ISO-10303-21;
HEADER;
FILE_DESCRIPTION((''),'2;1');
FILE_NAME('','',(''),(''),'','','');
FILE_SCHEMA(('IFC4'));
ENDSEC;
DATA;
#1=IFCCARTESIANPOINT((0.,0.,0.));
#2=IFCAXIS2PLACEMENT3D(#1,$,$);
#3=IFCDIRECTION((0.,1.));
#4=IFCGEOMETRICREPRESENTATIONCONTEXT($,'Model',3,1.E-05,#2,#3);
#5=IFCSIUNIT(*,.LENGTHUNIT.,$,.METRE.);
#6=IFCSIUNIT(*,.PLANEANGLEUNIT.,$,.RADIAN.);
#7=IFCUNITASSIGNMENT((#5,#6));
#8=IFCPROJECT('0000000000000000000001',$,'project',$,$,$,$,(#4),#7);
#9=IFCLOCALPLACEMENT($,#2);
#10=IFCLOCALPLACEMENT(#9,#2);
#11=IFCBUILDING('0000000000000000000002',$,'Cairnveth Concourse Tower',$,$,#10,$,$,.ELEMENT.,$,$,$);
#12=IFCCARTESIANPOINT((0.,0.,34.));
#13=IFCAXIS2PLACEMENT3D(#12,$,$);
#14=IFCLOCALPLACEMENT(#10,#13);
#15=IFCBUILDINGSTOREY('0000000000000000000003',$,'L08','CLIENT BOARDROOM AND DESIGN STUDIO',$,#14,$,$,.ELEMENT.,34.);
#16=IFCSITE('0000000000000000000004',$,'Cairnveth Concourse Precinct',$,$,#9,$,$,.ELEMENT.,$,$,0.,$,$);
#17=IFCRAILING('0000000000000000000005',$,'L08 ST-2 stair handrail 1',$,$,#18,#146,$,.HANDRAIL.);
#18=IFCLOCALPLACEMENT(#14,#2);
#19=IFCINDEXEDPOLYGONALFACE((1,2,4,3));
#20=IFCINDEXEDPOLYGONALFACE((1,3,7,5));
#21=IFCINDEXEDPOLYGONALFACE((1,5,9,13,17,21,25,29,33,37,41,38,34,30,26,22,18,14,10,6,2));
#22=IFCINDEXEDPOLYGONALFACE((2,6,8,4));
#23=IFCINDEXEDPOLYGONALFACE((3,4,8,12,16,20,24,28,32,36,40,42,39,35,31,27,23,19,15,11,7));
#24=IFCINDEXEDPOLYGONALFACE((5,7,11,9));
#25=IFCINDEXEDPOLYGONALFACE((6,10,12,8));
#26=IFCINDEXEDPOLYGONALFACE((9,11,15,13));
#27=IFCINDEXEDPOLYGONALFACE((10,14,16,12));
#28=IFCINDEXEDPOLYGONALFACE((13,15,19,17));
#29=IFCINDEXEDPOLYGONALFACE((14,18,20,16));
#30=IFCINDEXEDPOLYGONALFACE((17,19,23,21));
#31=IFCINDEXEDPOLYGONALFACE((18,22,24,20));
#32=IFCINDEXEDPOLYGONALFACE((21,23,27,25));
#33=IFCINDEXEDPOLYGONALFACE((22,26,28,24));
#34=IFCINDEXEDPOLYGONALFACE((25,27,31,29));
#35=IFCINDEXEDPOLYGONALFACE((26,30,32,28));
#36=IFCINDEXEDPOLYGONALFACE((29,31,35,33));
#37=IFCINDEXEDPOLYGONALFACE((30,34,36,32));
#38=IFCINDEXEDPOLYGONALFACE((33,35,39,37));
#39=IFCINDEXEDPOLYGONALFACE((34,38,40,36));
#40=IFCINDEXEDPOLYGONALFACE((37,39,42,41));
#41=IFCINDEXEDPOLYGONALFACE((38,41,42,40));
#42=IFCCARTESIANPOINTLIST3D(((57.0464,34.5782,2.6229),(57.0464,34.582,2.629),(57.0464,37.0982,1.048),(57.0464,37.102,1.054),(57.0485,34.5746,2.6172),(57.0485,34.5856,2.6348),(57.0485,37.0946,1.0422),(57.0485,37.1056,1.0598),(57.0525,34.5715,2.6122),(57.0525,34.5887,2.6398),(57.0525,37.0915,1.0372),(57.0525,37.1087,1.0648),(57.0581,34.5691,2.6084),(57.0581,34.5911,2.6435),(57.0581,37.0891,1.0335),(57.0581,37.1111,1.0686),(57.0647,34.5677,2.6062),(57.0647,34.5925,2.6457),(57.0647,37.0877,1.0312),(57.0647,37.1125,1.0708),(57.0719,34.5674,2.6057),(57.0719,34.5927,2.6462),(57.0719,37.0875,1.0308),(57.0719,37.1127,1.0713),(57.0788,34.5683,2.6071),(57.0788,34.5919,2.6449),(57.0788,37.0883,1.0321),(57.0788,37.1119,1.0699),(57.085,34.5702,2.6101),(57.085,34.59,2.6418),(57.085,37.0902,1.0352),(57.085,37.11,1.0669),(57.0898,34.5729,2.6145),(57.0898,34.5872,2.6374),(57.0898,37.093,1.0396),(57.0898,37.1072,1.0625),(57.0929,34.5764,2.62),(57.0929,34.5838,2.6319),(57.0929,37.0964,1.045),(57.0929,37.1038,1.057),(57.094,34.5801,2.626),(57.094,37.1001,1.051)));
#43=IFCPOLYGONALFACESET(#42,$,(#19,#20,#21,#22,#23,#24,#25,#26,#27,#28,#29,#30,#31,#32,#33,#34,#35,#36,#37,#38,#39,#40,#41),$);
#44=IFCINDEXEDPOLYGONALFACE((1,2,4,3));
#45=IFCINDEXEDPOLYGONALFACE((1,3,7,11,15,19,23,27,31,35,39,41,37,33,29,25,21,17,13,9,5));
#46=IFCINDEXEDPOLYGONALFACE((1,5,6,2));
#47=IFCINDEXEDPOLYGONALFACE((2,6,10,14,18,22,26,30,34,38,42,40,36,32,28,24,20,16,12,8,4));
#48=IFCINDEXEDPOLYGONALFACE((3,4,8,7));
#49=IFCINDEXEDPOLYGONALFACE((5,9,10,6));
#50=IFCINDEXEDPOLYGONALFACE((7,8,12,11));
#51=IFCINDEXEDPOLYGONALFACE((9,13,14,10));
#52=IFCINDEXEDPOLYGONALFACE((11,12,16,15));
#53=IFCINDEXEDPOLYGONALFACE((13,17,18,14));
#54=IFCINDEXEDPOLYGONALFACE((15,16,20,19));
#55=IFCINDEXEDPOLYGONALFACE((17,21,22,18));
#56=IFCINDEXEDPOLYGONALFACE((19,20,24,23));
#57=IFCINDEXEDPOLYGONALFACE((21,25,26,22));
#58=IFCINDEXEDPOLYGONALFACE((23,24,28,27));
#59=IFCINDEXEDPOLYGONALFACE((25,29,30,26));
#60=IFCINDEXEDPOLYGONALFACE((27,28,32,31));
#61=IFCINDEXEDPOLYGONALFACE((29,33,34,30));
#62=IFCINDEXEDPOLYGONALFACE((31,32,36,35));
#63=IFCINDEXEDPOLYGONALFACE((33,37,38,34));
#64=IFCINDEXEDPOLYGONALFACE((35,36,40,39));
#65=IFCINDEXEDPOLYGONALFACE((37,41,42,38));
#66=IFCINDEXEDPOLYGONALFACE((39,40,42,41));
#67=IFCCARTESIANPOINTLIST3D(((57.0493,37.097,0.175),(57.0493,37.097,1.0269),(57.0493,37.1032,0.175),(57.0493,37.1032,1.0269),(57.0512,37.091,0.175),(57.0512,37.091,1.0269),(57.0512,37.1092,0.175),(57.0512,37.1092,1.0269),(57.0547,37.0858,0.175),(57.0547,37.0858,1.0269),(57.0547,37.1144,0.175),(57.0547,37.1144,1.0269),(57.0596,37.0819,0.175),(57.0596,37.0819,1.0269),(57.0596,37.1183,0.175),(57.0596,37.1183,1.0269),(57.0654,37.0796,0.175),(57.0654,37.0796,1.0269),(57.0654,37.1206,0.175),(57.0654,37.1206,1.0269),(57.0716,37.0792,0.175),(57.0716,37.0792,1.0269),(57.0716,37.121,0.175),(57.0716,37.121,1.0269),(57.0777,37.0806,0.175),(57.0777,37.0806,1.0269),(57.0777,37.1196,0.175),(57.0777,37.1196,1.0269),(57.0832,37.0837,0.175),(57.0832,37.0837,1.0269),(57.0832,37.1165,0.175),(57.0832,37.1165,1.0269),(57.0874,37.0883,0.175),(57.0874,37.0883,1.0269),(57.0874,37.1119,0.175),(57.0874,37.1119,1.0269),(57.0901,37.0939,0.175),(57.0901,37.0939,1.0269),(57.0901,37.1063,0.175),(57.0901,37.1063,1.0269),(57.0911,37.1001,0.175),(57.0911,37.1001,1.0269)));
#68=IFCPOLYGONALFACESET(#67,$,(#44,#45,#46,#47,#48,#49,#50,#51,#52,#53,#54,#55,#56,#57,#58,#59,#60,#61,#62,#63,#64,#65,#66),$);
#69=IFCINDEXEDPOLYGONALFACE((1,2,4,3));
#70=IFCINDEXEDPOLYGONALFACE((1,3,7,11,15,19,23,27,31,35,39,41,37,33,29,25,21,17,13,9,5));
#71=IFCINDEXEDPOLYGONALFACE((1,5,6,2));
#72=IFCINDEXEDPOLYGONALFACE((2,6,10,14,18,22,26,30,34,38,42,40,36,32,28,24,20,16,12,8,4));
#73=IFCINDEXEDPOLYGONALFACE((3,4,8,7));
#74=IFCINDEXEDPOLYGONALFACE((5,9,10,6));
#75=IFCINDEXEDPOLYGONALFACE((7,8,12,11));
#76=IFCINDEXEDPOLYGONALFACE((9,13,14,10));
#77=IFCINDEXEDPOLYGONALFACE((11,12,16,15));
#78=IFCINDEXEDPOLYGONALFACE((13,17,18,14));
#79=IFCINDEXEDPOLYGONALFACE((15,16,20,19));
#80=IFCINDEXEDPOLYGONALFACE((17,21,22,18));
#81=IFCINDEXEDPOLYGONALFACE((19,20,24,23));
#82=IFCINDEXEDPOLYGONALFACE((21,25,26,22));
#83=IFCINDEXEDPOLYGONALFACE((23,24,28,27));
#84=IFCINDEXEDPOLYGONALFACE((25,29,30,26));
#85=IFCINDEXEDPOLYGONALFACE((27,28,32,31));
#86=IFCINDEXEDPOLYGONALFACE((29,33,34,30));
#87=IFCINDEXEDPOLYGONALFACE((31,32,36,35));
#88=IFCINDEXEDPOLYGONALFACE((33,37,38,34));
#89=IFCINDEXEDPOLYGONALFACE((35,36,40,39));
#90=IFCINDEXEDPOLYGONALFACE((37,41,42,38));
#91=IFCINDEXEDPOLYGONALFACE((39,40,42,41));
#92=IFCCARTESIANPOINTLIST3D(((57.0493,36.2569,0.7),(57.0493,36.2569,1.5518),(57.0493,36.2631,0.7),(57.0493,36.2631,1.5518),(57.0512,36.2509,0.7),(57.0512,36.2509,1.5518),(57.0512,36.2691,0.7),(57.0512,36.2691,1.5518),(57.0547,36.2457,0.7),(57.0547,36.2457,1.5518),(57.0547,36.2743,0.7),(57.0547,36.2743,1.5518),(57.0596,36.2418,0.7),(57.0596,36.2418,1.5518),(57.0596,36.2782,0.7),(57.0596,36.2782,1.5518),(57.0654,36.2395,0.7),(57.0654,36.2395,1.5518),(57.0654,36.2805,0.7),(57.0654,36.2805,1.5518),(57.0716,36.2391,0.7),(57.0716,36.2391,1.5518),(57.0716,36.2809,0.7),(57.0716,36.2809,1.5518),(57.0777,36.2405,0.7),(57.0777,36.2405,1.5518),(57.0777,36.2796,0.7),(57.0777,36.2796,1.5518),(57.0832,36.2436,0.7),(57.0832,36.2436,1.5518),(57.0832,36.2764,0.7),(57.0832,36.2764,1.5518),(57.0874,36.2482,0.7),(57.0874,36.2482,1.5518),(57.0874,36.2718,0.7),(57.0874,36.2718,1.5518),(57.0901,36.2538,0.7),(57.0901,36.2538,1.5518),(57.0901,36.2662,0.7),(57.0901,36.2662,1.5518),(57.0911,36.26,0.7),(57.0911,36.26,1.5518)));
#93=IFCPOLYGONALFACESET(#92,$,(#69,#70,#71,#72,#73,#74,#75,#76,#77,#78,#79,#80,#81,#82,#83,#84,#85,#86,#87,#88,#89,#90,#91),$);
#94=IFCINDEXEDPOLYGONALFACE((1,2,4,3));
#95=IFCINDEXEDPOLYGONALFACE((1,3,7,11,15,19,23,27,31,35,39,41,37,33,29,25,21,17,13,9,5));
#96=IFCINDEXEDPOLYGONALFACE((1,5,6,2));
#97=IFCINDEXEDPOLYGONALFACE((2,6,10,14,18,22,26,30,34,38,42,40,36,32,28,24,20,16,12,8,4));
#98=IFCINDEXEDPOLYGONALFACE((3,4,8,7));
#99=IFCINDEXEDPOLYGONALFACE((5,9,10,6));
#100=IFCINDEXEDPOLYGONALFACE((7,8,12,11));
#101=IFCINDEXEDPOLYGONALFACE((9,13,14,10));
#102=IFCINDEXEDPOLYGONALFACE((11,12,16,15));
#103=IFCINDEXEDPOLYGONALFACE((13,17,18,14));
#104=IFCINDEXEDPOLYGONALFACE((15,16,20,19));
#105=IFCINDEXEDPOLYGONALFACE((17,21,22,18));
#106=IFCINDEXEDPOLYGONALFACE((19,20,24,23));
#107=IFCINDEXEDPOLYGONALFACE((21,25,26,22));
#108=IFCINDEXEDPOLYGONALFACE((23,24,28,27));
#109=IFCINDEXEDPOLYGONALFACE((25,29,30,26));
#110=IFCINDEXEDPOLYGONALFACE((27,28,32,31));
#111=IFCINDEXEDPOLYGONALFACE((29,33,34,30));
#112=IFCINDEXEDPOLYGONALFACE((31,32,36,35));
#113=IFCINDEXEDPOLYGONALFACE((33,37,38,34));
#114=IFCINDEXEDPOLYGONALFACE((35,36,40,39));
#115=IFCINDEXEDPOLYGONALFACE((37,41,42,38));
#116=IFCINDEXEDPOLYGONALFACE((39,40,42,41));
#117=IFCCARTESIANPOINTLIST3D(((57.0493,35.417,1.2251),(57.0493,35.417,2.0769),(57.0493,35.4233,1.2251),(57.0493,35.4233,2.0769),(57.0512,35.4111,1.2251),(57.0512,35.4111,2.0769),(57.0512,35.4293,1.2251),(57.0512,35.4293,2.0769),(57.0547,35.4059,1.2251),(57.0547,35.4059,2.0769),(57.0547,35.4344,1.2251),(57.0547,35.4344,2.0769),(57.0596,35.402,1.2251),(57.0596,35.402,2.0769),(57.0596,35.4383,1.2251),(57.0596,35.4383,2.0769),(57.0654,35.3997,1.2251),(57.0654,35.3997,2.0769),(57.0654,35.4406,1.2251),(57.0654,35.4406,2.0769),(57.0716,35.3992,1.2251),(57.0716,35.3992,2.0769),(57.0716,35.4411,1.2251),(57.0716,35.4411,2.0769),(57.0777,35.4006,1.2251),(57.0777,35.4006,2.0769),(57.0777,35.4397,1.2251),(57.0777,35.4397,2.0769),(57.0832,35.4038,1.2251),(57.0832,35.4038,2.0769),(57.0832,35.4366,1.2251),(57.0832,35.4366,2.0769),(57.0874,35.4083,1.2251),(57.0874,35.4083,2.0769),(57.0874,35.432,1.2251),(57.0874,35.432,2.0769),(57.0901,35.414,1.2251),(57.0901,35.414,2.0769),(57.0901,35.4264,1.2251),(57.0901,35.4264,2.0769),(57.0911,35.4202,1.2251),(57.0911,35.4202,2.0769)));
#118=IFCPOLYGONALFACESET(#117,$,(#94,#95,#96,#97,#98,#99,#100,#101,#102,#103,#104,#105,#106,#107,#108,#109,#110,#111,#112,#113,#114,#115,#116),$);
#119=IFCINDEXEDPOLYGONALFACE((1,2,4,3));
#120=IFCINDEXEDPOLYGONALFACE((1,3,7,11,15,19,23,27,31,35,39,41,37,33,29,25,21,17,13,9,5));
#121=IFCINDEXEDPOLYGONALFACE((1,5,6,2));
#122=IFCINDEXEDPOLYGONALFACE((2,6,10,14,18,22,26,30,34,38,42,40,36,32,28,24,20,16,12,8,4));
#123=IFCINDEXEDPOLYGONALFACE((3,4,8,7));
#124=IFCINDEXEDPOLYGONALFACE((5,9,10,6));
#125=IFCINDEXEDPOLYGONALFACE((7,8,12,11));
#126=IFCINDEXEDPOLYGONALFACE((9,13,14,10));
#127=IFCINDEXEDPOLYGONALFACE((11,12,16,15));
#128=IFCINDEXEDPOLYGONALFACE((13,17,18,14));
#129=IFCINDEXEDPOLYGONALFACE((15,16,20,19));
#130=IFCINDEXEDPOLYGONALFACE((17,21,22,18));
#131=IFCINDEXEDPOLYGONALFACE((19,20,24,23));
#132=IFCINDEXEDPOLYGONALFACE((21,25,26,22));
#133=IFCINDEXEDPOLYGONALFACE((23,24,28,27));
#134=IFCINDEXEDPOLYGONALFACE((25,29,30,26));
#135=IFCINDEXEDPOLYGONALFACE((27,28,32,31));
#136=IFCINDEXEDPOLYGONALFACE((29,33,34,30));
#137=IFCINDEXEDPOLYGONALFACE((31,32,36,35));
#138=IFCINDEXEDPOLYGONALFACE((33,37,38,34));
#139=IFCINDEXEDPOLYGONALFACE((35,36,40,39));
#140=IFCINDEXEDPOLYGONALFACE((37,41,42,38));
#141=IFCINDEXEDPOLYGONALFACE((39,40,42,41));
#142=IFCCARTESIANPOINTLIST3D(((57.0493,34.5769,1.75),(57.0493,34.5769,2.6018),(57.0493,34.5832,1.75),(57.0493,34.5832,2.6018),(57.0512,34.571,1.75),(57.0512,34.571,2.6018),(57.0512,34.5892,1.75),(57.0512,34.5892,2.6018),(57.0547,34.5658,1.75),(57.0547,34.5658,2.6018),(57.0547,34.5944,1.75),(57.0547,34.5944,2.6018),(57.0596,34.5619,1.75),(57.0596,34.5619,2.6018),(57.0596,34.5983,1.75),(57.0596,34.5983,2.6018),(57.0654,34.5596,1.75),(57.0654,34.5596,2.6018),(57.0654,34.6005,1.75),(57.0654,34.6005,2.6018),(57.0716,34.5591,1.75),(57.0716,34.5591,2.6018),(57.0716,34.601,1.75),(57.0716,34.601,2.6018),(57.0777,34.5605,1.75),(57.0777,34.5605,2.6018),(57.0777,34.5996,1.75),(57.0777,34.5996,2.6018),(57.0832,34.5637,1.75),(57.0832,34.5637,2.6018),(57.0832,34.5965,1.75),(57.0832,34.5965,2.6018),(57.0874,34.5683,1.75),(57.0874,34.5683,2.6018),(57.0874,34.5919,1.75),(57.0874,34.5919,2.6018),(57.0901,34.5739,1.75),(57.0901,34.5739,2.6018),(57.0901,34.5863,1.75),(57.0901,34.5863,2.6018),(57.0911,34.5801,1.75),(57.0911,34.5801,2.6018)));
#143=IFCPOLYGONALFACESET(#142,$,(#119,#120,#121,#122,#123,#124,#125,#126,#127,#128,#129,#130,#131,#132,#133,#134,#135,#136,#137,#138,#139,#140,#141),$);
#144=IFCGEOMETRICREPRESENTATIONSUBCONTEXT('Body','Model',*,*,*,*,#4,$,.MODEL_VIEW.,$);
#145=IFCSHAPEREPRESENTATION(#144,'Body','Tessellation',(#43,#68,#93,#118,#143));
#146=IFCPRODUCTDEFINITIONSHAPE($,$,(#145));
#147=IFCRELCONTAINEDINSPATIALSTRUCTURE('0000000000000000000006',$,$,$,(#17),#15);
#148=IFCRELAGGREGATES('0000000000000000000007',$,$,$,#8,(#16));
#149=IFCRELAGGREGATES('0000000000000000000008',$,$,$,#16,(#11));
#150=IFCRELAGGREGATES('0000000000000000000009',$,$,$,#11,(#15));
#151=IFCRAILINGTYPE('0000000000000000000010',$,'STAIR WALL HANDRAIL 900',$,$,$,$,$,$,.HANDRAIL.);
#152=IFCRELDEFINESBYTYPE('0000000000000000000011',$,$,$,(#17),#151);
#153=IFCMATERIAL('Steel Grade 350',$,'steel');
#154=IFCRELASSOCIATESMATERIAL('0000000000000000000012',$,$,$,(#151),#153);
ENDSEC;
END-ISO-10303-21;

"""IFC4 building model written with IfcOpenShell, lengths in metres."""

from ifc_helpers import new_model, si_unit, direction, frame, origin, origin_2d, place, context, subcontext, project, spatial, circle, extrude, material, type_object, element, save


model = new_model("IFC4")

# Units and contexts
model_context = context("Model", 3, precision=1e-05, world=origin(), true_north=direction((0.0, 1.0)))
body_context = subcontext(model_context, "Body", "Model", "MODEL_VIEW")
ifc_project = project(units=[si_unit("LENGTHUNIT", "METRE"), si_unit("PLANEANGLEUNIT", "RADIAN")], contexts=[model_context])

# Site, building, storey
site_placement = place(None, origin())
site = spatial("IfcSite", under=ifc_project, at=site_placement, Name="Cairnveth Concourse Precinct", CompositionType="ELEMENT", RefElevation=0.0)
building_placement = place(site_placement, origin())
building = spatial("IfcBuilding", under=site, at=building_placement, Name="Cairnveth Concourse Tower", CompositionType="ELEMENT")
storey_placement = place(building_placement, frame((0.0, 0.0, 34.0)))
storey = spatial("IfcBuildingStorey", under=building, at=storey_placement, Name="L08", Description="CLIENT BOARDROOM AND DESIGN STUDIO", CompositionType="ELEMENT", Elevation=34.0)

# Shared definitions
ifc_material_1 = material(Name="Steel Grade 350", Category="steel")

# Railing
railing_type_1 = type_object("IfcRailingType", Name="STAIR WALL HANDRAIL 900", PredefinedType="HANDRAIL", material=ifc_material_1)
railing_1_placement = place(storey_placement, frame((57.0701, 37.1001, 0.175)))
element("IfcRailing", 1, at=railing_1_placement, inside=storey, type_object=railing_type_1, Name="L08 ST-2 stair handrail 1", PredefinedType="HANDRAIL", context=body_context, shape_type="SweptSolid", body=[
    extrude(circle(Radius=0.0239, at=origin_2d()), frame((0.0, 0.0, 0.876), z_axis=(0.0, -0.848008, 0.529984), x_axis=(1.0, 0.0, 0.0)), (0.0, 0.0, 1.0), 2.9717),
    extrude(circle(Radius=0.021, at=origin_2d()), origin(), (0.0, 0.0, 1.0), 0.8518),
    extrude(circle(Radius=0.021, at=origin_2d()), frame((0.0, -0.8401, 0.5249)), (0.0, 0.0, 1.0), 0.8518),
    extrude(circle(Radius=0.021, at=origin_2d()), frame((0.0, -1.6799, 1.05)), (0.0, 0.0, 1.0), 0.8518),
    extrude(circle(Radius=0.021, at=origin_2d()), frame((0.0, -2.52, 1.575)), (0.0, 0.0, 1.0), 0.8518),
])

save(model, "model.ifc")
